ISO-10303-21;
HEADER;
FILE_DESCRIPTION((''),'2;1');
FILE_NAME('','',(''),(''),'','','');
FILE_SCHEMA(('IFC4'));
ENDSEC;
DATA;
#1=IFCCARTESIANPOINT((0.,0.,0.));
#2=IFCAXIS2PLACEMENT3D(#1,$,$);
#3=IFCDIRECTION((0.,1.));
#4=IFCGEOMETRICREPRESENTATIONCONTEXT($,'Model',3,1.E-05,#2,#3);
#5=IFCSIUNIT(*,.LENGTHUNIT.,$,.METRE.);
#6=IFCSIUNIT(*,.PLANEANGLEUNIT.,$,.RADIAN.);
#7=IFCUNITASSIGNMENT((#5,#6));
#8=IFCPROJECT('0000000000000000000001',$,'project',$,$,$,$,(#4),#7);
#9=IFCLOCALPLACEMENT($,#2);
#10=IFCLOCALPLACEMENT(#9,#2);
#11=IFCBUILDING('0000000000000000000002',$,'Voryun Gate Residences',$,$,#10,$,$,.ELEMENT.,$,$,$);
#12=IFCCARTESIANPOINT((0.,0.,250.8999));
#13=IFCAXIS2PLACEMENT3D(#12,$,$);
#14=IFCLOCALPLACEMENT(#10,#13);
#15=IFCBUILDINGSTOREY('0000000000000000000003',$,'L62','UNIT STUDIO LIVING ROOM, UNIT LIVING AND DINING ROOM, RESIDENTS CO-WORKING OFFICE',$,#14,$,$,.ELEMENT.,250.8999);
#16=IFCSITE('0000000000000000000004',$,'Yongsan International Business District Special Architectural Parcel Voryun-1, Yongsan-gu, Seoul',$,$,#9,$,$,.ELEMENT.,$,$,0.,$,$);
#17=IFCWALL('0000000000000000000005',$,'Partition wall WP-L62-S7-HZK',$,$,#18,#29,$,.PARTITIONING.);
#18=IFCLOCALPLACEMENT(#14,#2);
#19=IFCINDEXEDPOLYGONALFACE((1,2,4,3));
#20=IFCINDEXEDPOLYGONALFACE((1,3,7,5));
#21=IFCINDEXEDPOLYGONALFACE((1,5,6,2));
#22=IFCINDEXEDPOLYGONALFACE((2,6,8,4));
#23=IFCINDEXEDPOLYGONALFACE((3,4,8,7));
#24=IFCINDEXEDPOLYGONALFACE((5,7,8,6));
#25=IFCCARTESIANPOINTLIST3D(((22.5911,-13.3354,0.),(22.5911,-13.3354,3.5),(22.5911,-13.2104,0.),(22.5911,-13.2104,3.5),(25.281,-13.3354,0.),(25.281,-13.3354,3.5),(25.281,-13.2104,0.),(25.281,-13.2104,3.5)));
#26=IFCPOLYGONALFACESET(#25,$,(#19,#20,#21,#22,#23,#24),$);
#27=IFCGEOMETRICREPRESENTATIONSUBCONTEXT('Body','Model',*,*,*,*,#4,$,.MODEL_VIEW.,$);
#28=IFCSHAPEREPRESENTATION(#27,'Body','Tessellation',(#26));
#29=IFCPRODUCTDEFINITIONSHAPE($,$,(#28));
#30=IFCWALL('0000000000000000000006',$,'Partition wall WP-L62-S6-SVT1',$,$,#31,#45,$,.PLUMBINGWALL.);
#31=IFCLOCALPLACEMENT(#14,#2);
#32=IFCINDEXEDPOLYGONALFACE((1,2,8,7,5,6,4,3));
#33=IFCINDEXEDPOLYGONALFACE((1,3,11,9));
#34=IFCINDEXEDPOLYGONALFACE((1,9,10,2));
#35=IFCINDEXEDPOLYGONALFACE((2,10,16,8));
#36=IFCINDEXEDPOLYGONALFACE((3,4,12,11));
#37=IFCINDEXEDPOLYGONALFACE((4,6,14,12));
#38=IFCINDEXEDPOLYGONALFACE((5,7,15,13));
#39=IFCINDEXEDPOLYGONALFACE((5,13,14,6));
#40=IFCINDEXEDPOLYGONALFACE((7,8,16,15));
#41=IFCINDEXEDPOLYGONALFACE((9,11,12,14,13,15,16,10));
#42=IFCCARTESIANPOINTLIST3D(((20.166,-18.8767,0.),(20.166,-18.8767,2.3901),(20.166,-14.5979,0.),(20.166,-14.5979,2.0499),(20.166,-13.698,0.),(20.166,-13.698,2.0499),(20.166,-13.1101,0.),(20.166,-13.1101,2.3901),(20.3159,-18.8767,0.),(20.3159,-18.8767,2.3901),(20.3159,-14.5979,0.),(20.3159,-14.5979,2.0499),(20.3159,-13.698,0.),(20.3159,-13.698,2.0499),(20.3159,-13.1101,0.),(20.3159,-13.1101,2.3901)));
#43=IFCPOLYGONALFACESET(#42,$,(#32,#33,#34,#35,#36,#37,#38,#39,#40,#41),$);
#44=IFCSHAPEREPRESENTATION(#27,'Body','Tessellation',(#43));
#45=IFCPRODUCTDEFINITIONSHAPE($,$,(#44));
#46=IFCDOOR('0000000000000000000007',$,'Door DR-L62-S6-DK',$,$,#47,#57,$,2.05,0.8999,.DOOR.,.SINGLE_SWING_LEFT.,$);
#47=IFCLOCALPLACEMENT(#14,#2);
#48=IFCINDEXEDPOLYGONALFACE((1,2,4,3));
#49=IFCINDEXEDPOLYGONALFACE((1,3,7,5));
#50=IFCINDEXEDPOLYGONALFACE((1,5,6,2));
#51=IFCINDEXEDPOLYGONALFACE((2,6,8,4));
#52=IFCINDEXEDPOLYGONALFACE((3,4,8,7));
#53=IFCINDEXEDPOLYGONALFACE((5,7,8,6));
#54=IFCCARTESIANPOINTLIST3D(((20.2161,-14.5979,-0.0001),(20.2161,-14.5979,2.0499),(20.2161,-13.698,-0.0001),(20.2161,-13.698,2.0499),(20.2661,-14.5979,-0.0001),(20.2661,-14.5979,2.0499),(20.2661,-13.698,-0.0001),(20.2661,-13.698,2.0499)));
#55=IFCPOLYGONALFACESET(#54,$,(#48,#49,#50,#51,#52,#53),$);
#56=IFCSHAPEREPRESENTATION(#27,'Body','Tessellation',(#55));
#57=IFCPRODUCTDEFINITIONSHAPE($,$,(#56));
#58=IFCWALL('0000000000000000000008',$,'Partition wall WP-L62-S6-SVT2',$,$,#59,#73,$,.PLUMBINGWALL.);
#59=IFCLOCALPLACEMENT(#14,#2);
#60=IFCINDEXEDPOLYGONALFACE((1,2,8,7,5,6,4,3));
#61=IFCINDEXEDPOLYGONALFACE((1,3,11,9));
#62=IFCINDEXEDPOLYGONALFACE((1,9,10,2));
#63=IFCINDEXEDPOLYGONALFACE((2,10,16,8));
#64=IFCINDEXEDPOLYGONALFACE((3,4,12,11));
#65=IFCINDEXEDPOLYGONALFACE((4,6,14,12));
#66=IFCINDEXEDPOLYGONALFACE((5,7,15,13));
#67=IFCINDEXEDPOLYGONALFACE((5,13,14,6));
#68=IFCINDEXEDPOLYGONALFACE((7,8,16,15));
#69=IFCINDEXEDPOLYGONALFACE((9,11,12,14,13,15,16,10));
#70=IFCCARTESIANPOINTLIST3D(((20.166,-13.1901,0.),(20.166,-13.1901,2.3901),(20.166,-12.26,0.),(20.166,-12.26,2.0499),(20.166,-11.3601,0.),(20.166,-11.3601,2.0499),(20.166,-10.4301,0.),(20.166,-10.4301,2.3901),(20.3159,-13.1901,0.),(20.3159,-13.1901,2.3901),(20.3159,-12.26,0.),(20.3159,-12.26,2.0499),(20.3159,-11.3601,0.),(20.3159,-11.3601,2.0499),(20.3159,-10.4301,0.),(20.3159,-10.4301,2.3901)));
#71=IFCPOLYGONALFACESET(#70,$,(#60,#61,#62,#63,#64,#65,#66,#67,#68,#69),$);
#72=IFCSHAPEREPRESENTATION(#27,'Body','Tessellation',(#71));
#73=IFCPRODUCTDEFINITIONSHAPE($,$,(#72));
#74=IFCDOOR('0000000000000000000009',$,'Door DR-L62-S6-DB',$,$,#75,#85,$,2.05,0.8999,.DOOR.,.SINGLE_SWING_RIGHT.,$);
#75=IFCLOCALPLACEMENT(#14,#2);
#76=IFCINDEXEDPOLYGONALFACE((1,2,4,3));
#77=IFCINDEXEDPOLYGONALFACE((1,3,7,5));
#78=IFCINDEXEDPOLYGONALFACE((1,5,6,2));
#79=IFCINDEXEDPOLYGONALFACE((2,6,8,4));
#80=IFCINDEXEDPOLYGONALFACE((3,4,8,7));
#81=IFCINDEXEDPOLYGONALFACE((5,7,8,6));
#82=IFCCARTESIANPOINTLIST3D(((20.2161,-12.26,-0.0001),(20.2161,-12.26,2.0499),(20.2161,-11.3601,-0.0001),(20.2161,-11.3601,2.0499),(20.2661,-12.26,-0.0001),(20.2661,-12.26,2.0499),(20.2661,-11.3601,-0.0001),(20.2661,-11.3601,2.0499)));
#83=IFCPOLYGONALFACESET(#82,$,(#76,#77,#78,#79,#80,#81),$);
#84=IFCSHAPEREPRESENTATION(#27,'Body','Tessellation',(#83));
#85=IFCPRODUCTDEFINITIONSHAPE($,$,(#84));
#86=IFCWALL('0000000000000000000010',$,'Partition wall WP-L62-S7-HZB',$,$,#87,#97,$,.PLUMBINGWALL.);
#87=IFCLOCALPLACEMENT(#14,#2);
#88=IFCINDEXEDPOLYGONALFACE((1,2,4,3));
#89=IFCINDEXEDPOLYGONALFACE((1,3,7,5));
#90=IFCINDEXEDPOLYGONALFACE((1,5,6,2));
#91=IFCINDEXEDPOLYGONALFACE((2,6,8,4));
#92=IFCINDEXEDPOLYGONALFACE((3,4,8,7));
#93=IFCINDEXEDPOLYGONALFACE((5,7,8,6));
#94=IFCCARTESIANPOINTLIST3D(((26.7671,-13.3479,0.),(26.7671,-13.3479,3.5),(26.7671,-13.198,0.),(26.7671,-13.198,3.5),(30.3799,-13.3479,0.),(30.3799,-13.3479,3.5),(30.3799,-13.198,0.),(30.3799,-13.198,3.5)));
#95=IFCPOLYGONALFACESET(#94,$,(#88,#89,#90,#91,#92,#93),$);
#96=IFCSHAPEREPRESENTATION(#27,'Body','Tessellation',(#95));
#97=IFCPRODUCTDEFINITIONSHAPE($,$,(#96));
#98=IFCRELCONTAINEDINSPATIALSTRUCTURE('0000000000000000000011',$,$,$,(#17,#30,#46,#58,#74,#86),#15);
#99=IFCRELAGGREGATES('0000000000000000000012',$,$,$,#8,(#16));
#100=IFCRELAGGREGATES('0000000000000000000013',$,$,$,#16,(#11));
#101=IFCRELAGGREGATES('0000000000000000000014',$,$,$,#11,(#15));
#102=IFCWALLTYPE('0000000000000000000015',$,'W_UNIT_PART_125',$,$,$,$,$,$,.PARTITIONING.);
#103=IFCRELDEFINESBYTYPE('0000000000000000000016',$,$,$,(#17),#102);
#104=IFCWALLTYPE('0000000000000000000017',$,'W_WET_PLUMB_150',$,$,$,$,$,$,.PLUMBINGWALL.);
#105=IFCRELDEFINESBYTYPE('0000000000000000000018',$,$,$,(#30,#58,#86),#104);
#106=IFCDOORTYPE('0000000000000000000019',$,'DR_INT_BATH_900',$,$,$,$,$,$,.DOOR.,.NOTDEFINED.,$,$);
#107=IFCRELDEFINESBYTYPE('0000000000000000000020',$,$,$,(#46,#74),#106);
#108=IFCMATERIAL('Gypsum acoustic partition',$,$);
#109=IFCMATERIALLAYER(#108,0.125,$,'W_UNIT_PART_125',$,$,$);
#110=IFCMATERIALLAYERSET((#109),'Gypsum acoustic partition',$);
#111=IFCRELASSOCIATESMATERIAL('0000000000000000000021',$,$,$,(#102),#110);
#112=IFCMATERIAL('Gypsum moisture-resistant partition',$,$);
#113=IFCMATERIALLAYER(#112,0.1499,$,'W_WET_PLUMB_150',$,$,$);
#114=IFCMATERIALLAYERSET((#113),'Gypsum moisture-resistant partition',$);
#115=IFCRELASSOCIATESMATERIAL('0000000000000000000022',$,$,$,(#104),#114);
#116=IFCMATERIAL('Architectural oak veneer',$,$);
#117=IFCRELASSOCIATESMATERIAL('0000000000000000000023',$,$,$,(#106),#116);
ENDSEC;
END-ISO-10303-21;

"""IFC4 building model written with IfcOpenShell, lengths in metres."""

from ifc_helpers import new_model, si_unit, direction, frame, frame_2d, origin, place, context, subcontext, project, spatial, rectangle, extrude, material, layer, layer_set, type_object, element, fill, save


model = new_model("IFC4")

# Units and contexts
model_context = context("Model", 3, precision=1e-05, world=origin(), true_north=direction((0.0, 1.0)))
body_context = subcontext(model_context, "Body", "Model", "MODEL_VIEW")
ifc_project = project(units=[si_unit("LENGTHUNIT", "METRE"), si_unit("PLANEANGLEUNIT", "RADIAN")], contexts=[model_context])

# Site, building, storey
site_placement = place(None, origin())
site = spatial("IfcSite", under=ifc_project, at=site_placement, Name="Yongsan International Business District Special Architectural Parcel Voryun-1, Yongsan-gu, Seoul", CompositionType="ELEMENT", RefElevation=0.0)
building_placement = place(site_placement, origin())
building = spatial("IfcBuilding", under=site, at=building_placement, Name="Voryun Gate Residences", CompositionType="ELEMENT")
storey_placement = place(building_placement, frame((0.0, 0.0, 250.8999)))
storey = spatial("IfcBuildingStorey", under=building, at=storey_placement, Name="L62", Description="UNIT STUDIO LIVING ROOM, UNIT LIVING AND DINING ROOM, RESIDENTS CO-WORKING OFFICE", CompositionType="ELEMENT", Elevation=250.8999)

# Shared definitions
ifc_material_1 = material(Name="Gypsum acoustic partition")
ifc_layer_1 = layer(ifc_material_1, 0.125, Name="W_UNIT_PART_125")
ifc_layer_set_1 = layer_set([ifc_layer_1], Name="Gypsum acoustic partition")
wall_type_1 = type_object("IfcWallType", Name="W_UNIT_PART_125", PredefinedType="PARTITIONING", material=ifc_layer_set_1)

# Wall
wall_1_placement = place(storey_placement, frame((22.5911, -13.2729, 0.0), z_axis=(0.0, 0.0, 1.0), x_axis=(1.0, 0.0, 0.0)))
element("IfcWall", 1, at=wall_1_placement, inside=storey, type_object=wall_type_1, Name="Partition wall WP-L62-S7-HZK", PredefinedType="PARTITIONING", context=body_context, shape_type="SweptSolid", body=[
    extrude(rectangle(XDim=2.6899, YDim=0.125, at=frame_2d((1.345, 0.0))), origin(), (0.0, 0.0, 1.0), 3.5),
])

# Walls, openings, doors
ifc_material_2 = material(Name="Gypsum moisture-resistant partition")
ifc_layer_2 = layer(ifc_material_2, 0.1499, Name="W_WET_PLUMB_150")
ifc_layer_set_2 = layer_set([ifc_layer_2], Name="Gypsum moisture-resistant partition")
wall_type_2 = type_object("IfcWallType", Name="W_WET_PLUMB_150", PredefinedType="PLUMBINGWALL", material=ifc_layer_set_2)
wall_2_placement = place(storey_placement, frame((20.241, -18.8767, 0.0), z_axis=(0.0, 0.0, 1.0), x_axis=(0.0, 1.0, 0.0)))
wall_2 = element("IfcWall", 2, at=wall_2_placement, inside=storey, type_object=wall_type_2, Name="Partition wall WP-L62-S6-SVT1", PredefinedType="PLUMBINGWALL", context=body_context, shape_type="SweptSolid", body=[
    extrude(rectangle(XDim=5.7666, YDim=0.1499, at=frame_2d((2.8833, 0.0))), origin(), (0.0, 0.0, 1.0), 2.3901),
])
opening_1_placement = place(wall_2_placement, frame((4.2788, 0.0, 0.0)))
opening_1 = element("IfcOpeningElement", 3, at=opening_1_placement, cuts=wall_2, PredefinedType="OPENING", context=body_context, shape_type="SweptSolid", body=[
    extrude(rectangle(XDim=0.8999, YDim=2.05, at=frame_2d((0.45, 1.0249))), frame((0.0, 0.085, 0.0), z_axis=(0.0, -1.0, 0.0), x_axis=(1.0, 0.0, 0.0)), (0.0, 0.0, 1.0), 0.1699),
])
ifc_material_3 = material(Name="Architectural oak veneer")
door_type_1 = type_object("IfcDoorType", Name="DR_INT_BATH_900", OperationType="NOTDEFINED", PredefinedType="DOOR", material=ifc_material_3)
door_1_placement = place(opening_1_placement, origin())
door_1 = element("IfcDoor", 4, at=door_1_placement, inside=storey, type_object=door_type_1, Name="Door DR-L62-S6-DK", OperationType="SINGLE_SWING_LEFT", OverallHeight=2.05, OverallWidth=0.8999, PredefinedType="DOOR", context=body_context, shape_type="SweptSolid", body=[
    extrude(rectangle(XDim=0.8999, YDim=2.05, at=frame_2d((0.45, 1.0249))), frame((0.0, 0.0249, 0.0), z_axis=(0.0, -1.0, 0.0), x_axis=(1.0, 0.0, 0.0)), (0.0, 0.0, 1.0), 0.05),
])
fill(opening_1, door_1)
wall_3_placement = place(storey_placement, frame((20.241, -13.1899, 0.0), z_axis=(0.0, 0.0, 1.0), x_axis=(0.0, 1.0, 0.0)))
wall_3 = element("IfcWall", 5, at=wall_3_placement, inside=storey, type_object=wall_type_2, Name="Partition wall WP-L62-S6-SVT2", PredefinedType="PLUMBINGWALL", context=body_context, shape_type="SweptSolid", body=[
    extrude(rectangle(XDim=2.76, YDim=0.1499, at=frame_2d((1.3799, 0.0))), origin(), (0.0, 0.0, 1.0), 2.3901),
])
opening_2_placement = place(wall_3_placement, frame((0.9299, 0.0, 0.0)))
opening_2 = element("IfcOpeningElement", 6, at=opening_2_placement, cuts=wall_3, PredefinedType="OPENING", context=body_context, shape_type="SweptSolid", body=[
    extrude(rectangle(XDim=0.8999, YDim=2.05, at=frame_2d((0.45, 1.0249))), frame((0.0, 0.085, 0.0), z_axis=(0.0, -1.0, 0.0), x_axis=(1.0, 0.0, 0.0)), (0.0, 0.0, 1.0), 0.1699),
])
door_2_placement = place(opening_2_placement, origin())
door_2 = element("IfcDoor", 7, at=door_2_placement, inside=storey, type_object=door_type_1, Name="Door DR-L62-S6-DB", OperationType="SINGLE_SWING_RIGHT", OverallHeight=2.05, OverallWidth=0.8999, PredefinedType="DOOR", context=body_context, shape_type="SweptSolid", body=[
    extrude(rectangle(XDim=0.8999, YDim=2.05, at=frame_2d((0.45, 1.0249))), frame((0.0, 0.0249, 0.0), z_axis=(0.0, -1.0, 0.0), x_axis=(1.0, 0.0, 0.0)), (0.0, 0.0, 1.0), 0.05),
])
fill(opening_2, door_2)

# Wall
wall_4_placement = place(storey_placement, frame((26.7671, -13.2729, 0.0), z_axis=(0.0, 0.0, 1.0), x_axis=(1.0, 0.0, 0.0)))
element("IfcWall", 8, at=wall_4_placement, inside=storey, type_object=wall_type_2, Name="Partition wall WP-L62-S7-HZB", PredefinedType="PLUMBINGWALL", context=body_context, shape_type="SweptSolid", body=[
    extrude(rectangle(XDim=3.6128, YDim=0.1499, at=frame_2d((1.8064, 0.0))), origin(), (0.0, 0.0, 1.0), 3.5),
])

save(model, "model.ifc")
